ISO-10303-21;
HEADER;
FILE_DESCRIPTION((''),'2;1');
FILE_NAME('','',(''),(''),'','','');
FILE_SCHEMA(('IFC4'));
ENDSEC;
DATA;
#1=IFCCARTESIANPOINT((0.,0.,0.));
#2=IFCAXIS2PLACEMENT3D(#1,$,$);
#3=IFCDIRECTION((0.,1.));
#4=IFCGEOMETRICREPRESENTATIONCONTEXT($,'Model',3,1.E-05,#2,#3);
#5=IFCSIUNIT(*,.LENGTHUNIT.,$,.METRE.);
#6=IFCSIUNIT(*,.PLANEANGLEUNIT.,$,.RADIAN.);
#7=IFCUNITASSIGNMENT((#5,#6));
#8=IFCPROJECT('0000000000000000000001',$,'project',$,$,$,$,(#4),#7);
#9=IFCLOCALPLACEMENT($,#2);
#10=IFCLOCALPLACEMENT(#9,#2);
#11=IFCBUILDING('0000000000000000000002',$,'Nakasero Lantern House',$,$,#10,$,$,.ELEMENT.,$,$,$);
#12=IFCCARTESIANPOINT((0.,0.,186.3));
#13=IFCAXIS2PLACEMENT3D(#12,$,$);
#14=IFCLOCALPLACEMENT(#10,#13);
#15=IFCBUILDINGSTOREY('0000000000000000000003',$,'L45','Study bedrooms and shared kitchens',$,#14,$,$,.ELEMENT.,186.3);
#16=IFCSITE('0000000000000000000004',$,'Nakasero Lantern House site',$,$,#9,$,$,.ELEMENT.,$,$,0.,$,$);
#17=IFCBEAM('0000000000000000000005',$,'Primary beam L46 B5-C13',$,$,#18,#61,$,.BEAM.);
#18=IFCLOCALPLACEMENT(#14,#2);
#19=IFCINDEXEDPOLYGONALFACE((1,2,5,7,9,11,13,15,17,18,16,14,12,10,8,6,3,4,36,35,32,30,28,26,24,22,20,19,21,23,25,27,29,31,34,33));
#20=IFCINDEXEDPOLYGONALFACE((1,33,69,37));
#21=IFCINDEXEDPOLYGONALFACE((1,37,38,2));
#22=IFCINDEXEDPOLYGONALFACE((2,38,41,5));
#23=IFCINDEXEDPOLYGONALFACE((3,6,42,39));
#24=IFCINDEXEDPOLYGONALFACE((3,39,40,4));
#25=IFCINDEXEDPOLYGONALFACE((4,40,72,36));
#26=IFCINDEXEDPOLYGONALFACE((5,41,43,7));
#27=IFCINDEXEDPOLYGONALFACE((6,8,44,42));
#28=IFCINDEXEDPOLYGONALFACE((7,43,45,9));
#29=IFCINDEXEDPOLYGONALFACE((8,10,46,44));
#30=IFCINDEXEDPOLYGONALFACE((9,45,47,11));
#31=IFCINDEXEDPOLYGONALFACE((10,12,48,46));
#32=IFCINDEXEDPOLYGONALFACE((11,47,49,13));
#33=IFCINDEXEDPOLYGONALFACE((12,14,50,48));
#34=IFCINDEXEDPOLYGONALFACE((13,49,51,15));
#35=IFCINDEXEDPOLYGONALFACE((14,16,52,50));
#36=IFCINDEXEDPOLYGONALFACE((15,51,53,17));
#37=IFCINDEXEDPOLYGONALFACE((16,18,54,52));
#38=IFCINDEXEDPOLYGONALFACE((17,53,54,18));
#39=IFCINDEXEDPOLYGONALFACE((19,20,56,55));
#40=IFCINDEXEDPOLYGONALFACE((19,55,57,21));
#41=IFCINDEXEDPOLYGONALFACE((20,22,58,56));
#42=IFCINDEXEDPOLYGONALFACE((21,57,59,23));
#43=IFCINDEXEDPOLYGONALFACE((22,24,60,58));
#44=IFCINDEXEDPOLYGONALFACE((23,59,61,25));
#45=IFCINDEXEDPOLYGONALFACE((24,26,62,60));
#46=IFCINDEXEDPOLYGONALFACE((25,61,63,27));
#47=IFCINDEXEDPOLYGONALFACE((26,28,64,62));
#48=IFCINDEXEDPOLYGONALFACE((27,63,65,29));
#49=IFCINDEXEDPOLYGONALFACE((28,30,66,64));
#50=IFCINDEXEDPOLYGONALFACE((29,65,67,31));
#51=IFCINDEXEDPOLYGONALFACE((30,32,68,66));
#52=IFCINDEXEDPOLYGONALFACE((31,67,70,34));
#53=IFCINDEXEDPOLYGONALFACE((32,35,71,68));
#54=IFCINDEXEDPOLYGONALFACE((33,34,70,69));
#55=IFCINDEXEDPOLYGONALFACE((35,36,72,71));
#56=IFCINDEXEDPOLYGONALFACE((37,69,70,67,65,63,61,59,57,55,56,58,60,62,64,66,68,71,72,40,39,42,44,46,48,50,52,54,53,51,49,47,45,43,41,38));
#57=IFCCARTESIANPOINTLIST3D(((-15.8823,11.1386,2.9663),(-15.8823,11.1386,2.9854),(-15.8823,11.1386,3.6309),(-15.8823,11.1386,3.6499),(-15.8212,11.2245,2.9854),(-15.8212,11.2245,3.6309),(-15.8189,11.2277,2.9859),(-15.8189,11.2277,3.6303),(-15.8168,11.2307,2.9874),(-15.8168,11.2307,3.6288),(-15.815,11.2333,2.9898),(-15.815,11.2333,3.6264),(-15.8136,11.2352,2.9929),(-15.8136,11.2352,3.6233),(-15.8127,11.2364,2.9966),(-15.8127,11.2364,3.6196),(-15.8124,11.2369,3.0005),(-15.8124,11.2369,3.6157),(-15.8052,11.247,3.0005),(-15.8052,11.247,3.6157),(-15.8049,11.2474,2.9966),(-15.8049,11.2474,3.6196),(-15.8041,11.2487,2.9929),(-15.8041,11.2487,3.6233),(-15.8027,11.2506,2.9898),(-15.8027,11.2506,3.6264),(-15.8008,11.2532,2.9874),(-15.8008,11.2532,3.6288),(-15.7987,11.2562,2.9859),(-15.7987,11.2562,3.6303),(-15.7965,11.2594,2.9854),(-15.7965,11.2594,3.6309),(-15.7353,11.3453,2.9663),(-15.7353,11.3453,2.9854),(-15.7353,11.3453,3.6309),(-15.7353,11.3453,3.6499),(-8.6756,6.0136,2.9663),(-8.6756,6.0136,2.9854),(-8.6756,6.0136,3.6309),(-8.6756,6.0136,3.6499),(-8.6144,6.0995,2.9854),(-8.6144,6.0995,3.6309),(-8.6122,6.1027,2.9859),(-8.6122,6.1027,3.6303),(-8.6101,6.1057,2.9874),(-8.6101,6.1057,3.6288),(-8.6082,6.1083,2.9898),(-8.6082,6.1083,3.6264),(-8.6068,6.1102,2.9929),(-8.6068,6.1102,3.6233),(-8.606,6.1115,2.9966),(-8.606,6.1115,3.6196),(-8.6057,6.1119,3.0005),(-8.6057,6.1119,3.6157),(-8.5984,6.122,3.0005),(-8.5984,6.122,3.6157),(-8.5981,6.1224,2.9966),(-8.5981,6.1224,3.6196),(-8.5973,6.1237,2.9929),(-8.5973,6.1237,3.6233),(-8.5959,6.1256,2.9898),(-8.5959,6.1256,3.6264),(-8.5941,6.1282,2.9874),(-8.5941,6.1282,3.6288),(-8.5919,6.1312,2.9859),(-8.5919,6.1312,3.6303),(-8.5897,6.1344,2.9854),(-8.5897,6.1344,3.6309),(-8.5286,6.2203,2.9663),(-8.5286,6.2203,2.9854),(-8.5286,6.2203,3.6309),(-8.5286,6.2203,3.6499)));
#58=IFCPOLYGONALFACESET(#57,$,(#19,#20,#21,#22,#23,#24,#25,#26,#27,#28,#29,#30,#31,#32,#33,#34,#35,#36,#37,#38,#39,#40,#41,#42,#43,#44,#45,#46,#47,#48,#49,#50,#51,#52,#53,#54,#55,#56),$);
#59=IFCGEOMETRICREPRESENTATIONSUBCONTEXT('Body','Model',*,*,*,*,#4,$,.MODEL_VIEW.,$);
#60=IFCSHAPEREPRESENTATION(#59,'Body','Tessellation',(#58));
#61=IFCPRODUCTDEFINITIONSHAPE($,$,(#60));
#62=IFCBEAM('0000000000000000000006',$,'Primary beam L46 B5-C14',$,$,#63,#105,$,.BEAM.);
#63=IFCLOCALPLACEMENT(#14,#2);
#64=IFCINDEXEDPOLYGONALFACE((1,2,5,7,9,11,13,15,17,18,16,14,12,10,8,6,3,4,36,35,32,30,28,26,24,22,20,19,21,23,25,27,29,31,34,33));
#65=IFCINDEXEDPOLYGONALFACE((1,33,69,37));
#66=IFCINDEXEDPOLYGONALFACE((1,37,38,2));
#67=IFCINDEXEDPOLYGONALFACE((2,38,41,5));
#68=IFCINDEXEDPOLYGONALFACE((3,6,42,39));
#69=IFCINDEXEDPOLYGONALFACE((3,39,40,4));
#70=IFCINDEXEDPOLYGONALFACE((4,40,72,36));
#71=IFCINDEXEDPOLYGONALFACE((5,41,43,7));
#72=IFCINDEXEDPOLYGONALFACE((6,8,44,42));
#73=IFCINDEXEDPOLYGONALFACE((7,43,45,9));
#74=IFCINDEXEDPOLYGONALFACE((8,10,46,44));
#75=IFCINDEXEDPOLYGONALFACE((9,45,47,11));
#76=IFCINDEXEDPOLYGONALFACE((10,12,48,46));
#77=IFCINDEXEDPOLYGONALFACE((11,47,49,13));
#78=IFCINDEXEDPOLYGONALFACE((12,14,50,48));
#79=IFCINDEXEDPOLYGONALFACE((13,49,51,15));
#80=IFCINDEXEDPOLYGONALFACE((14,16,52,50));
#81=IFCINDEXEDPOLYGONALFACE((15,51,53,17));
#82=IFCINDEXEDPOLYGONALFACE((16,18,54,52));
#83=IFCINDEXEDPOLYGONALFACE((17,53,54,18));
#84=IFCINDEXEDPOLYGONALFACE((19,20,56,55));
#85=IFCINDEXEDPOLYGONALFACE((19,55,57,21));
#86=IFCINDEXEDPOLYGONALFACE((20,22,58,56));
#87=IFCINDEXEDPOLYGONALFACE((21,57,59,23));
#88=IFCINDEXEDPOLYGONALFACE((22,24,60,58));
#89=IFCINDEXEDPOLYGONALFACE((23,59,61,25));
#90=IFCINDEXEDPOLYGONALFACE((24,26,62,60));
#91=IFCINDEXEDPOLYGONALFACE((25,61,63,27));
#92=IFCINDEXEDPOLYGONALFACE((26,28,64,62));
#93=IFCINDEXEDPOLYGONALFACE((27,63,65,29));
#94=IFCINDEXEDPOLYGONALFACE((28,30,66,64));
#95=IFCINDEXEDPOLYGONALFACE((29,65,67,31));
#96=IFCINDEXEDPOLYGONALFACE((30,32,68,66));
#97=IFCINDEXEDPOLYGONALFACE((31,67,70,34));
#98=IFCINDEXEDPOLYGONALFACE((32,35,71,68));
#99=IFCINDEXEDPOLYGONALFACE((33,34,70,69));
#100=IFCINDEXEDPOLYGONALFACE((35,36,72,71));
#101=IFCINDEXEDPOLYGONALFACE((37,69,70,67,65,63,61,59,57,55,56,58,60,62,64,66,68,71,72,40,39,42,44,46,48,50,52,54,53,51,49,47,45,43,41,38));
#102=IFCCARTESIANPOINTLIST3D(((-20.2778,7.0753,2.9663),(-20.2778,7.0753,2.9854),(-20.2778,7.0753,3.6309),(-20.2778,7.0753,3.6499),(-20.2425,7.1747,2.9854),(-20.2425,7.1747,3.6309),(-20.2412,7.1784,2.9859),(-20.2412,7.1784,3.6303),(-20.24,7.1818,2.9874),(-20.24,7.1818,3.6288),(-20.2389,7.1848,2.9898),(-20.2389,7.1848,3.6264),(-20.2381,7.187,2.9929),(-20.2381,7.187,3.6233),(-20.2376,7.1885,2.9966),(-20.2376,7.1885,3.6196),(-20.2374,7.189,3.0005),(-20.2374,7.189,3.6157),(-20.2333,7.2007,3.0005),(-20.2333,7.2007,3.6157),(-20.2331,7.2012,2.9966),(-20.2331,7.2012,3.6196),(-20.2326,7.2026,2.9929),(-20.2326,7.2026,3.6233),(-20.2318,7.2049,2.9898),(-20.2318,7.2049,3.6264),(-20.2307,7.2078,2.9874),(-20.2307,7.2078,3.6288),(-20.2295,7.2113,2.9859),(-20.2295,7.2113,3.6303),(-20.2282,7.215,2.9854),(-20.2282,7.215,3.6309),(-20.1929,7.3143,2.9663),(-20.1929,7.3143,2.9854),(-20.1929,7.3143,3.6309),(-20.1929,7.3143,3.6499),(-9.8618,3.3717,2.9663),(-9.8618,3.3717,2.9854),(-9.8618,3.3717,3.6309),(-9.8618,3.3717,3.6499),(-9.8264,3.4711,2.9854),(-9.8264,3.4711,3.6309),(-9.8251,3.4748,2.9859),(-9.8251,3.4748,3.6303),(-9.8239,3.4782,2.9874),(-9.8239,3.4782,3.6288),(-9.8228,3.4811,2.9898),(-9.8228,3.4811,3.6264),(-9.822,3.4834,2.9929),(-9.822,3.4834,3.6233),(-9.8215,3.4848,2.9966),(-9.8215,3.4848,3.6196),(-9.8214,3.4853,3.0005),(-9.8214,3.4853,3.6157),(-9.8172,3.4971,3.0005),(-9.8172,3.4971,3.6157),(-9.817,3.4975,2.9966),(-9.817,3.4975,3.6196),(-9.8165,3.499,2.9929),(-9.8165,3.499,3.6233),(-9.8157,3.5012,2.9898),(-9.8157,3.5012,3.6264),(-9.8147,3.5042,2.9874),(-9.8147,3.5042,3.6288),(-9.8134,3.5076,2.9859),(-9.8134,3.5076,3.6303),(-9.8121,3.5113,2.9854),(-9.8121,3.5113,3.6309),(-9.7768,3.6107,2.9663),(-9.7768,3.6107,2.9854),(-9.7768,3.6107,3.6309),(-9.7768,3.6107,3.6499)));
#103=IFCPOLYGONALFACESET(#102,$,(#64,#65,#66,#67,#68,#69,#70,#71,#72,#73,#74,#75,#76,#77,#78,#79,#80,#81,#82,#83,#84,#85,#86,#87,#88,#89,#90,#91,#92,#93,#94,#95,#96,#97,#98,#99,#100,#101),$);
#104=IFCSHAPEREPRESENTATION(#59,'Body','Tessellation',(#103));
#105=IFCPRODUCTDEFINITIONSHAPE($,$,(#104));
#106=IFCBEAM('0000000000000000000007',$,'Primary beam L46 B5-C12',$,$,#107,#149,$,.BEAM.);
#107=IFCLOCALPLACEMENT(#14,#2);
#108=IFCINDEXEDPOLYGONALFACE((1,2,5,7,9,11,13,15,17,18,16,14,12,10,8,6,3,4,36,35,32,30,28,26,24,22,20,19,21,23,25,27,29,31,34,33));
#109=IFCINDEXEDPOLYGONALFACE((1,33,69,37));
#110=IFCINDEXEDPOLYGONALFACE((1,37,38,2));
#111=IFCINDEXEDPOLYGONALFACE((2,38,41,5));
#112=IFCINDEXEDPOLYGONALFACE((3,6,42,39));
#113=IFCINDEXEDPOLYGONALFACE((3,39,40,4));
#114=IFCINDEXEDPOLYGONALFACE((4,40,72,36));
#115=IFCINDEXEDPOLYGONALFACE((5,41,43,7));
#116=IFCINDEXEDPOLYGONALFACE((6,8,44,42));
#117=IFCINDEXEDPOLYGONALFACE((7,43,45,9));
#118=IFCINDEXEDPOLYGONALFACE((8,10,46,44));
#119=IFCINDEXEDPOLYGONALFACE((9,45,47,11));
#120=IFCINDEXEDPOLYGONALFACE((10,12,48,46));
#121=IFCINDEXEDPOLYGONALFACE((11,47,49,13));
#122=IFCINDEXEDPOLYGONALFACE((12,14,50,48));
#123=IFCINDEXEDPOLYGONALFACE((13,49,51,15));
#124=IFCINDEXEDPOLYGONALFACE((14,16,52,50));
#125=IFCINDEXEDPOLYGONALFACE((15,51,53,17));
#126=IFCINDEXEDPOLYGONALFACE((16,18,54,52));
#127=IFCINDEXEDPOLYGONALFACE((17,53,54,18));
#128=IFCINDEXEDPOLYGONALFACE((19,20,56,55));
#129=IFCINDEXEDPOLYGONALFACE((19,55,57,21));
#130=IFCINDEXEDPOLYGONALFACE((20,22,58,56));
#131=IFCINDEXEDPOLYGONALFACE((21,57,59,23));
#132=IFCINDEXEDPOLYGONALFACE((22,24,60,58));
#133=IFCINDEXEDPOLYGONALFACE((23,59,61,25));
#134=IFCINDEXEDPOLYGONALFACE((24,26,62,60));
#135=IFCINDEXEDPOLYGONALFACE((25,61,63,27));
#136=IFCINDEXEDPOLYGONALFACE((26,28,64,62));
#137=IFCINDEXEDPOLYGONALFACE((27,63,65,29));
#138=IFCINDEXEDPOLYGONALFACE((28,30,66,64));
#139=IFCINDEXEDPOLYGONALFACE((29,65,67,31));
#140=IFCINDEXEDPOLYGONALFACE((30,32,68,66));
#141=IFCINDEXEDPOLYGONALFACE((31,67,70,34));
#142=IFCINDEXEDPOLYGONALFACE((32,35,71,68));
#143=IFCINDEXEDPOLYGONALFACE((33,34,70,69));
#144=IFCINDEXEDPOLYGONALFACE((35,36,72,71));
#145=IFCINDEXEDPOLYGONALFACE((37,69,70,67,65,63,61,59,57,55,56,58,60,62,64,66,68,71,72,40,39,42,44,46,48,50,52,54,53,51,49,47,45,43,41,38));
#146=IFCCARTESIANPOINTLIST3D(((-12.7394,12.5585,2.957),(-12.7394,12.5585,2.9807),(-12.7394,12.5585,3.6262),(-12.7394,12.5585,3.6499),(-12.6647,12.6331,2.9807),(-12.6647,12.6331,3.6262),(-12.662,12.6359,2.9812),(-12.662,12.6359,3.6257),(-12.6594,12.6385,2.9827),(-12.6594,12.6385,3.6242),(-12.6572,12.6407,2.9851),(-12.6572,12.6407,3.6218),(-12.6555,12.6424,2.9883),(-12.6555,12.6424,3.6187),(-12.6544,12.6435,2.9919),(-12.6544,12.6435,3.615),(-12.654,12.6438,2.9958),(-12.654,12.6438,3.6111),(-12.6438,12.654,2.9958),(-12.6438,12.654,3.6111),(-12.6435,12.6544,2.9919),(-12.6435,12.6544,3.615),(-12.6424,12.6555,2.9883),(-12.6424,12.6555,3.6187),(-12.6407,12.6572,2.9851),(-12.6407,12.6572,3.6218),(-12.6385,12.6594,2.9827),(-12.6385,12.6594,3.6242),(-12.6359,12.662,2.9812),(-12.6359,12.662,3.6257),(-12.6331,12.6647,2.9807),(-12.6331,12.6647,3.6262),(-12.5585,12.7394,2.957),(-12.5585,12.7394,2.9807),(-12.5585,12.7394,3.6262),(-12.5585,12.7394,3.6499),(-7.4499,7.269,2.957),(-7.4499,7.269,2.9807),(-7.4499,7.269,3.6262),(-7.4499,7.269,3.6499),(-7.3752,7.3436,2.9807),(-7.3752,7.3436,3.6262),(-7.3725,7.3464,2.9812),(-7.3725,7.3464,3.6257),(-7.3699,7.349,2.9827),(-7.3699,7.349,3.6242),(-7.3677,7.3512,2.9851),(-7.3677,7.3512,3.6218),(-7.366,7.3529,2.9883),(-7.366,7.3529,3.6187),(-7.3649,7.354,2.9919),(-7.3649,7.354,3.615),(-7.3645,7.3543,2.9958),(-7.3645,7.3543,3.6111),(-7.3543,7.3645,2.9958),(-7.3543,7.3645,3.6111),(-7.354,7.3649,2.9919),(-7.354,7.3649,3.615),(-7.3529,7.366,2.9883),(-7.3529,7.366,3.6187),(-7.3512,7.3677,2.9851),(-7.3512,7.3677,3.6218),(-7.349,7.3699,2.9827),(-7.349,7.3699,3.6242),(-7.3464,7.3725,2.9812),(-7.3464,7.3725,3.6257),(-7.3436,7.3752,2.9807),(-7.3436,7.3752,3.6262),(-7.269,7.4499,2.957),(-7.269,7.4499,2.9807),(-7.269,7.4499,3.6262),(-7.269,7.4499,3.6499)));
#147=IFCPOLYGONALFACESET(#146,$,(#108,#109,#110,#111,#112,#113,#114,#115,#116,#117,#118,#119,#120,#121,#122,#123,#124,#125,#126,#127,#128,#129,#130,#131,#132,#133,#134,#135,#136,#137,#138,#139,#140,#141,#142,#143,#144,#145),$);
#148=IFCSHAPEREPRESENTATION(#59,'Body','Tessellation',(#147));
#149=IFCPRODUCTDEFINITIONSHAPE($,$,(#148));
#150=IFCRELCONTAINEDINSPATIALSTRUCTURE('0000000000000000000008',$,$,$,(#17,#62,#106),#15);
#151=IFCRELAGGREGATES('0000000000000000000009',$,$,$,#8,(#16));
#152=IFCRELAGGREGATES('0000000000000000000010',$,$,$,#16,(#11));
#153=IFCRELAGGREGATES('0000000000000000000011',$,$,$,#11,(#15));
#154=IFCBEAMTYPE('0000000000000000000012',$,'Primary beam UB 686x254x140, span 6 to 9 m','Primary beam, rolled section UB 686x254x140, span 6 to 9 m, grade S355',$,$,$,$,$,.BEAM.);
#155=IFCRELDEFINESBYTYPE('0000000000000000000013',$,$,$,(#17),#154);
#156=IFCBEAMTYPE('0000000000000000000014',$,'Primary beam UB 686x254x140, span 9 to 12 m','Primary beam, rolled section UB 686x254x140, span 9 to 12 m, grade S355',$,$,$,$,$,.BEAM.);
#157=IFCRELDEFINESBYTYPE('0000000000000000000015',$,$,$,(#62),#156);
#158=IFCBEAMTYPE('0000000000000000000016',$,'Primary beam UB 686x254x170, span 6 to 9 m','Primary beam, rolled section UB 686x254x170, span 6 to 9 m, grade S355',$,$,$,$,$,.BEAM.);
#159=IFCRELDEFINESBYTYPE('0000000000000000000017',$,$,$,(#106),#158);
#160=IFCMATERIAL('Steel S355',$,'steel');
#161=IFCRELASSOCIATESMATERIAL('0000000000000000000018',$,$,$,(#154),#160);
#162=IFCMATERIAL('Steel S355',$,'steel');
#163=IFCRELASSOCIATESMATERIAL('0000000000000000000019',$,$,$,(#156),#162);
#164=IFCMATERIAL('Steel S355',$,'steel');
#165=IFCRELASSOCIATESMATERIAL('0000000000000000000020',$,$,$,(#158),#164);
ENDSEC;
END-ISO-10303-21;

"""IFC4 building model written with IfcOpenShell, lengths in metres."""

from ifc_helpers import new_model, si_unit, direction, frame, origin, origin_2d, place, context, subcontext, project, spatial, i_section, extrude, material, material_profile, profile_set, type_object, element, save


model = new_model("IFC4")

# Units and contexts
model_context = context("Model", 3, precision=1e-05, world=origin(), true_north=direction((0.0, 1.0)))
body_context = subcontext(model_context, "Body", "Model", "MODEL_VIEW")
ifc_project = project(units=[si_unit("LENGTHUNIT", "METRE"), si_unit("PLANEANGLEUNIT", "RADIAN")], contexts=[model_context])

# Site, building, storey
site_placement = place(None, origin())
site = spatial("IfcSite", under=ifc_project, at=site_placement, Name="Nakasero Lantern House site", CompositionType="ELEMENT", RefElevation=0.0)
building_placement = place(site_placement, origin())
building = spatial("IfcBuilding", under=site, at=building_placement, Name="Nakasero Lantern House", CompositionType="ELEMENT")
storey_placement = place(building_placement, frame((0.0, 0.0, 186.3)))
storey = spatial("IfcBuildingStorey", under=building, at=storey_placement, Name="L45", Description="Study bedrooms and shared kitchens", CompositionType="ELEMENT", Elevation=186.3)

# Beams
ifc_material_1 = material(Name="Steel S355", Category="steel")
ifc_material_profile_1 = material_profile(ifc_material_1, i_section(OverallWidth=0.2537, OverallDepth=0.6836, WebThickness=0.0125, FlangeThickness=0.019, FilletRadius=0.0151, at=origin_2d()), Name="UB 686x254x140")
ifc_profile_set_1 = profile_set([ifc_material_profile_1], Name="Steel S355")
beam_type_1 = type_object("IfcBeamType", Name="Primary beam UB 686x254x140, span 6 to 9 m", Description="Primary beam, rolled section UB 686x254x140, span 6 to 9 m, grade S355", PredefinedType="BEAM", material=ifc_profile_set_1)
beam_1_placement = place(storey_placement, frame((-15.8088, 11.2419, 3.3081), z_axis=(0.814946, -0.579537, 0.0), x_axis=(0.579537, 0.814946, 0.0)))
element("IfcBeam", 1, at=beam_1_placement, inside=storey, type_object=beam_type_1, Name="Primary beam L46 B5-C13", PredefinedType="BEAM", context=body_context, shape_type="SweptSolid", body=[
    extrude(i_section(OverallWidth=0.2537, OverallDepth=0.6836, WebThickness=0.0125, FlangeThickness=0.019, FilletRadius=0.0151, at=origin_2d()), origin(), (0.0, 0.0, 1.0), 8.8433),
])
ifc_material_2 = material(Name="Steel S355", Category="steel")
ifc_material_profile_2 = material_profile(ifc_material_2, i_section(OverallWidth=0.2537, OverallDepth=0.6836, WebThickness=0.0125, FlangeThickness=0.019, FilletRadius=0.0151, at=origin_2d()), Name="UB 686x254x140")
ifc_profile_set_2 = profile_set([ifc_material_profile_2], Name="Steel S355")
beam_type_2 = type_object("IfcBeamType", Name="Primary beam UB 686x254x140, span 9 to 12 m", Description="Primary beam, rolled section UB 686x254x140, span 9 to 12 m, grade S355", PredefinedType="BEAM", material=ifc_profile_set_2)
beam_2_placement = place(storey_placement, frame((-20.2354, 7.1948, 3.3081), z_axis=(0.942211, -0.335021, 0.0), x_axis=(0.335021, 0.942211, 0.0)))
element("IfcBeam", 2, at=beam_2_placement, inside=storey, type_object=beam_type_2, Name="Primary beam L46 B5-C14", PredefinedType="BEAM", context=body_context, shape_type="SweptSolid", body=[
    extrude(i_section(OverallWidth=0.2537, OverallDepth=0.6836, WebThickness=0.0125, FlangeThickness=0.019, FilletRadius=0.0151, at=origin_2d()), origin(), (0.0, 0.0, 1.0), 11.0549),
])
ifc_material_3 = material(Name="Steel S355", Category="steel")
ifc_material_profile_3 = material_profile(ifc_material_3, i_section(OverallWidth=0.2559, OverallDepth=0.6929, WebThickness=0.0144, FlangeThickness=0.0237, FilletRadius=0.0151, at=origin_2d()), Name="UB 686x254x170")
ifc_profile_set_3 = profile_set([ifc_material_profile_3], Name="Steel S355")
beam_type_3 = type_object("IfcBeamType", Name="Primary beam UB 686x254x170, span 6 to 9 m", Description="Primary beam, rolled section UB 686x254x170, span 6 to 9 m, grade S355", PredefinedType="BEAM", material=ifc_profile_set_3)
beam_3_placement = place(storey_placement, frame((-12.6489, 12.6489, 3.3035), z_axis=(0.707107, -0.707107, 0.0), x_axis=(0.707107, 0.707107, 0.0)))
element("IfcBeam", 3, at=beam_3_placement, inside=storey, type_object=beam_type_3, Name="Primary beam L46 B5-C12", PredefinedType="BEAM", context=body_context, shape_type="SweptSolid", body=[
    extrude(i_section(OverallWidth=0.2559, OverallDepth=0.6929, WebThickness=0.0144, FlangeThickness=0.0237, FilletRadius=0.0151, at=origin_2d()), origin(), (0.0, 0.0, 1.0), 7.4805),
])

save(model, "model.ifc")
